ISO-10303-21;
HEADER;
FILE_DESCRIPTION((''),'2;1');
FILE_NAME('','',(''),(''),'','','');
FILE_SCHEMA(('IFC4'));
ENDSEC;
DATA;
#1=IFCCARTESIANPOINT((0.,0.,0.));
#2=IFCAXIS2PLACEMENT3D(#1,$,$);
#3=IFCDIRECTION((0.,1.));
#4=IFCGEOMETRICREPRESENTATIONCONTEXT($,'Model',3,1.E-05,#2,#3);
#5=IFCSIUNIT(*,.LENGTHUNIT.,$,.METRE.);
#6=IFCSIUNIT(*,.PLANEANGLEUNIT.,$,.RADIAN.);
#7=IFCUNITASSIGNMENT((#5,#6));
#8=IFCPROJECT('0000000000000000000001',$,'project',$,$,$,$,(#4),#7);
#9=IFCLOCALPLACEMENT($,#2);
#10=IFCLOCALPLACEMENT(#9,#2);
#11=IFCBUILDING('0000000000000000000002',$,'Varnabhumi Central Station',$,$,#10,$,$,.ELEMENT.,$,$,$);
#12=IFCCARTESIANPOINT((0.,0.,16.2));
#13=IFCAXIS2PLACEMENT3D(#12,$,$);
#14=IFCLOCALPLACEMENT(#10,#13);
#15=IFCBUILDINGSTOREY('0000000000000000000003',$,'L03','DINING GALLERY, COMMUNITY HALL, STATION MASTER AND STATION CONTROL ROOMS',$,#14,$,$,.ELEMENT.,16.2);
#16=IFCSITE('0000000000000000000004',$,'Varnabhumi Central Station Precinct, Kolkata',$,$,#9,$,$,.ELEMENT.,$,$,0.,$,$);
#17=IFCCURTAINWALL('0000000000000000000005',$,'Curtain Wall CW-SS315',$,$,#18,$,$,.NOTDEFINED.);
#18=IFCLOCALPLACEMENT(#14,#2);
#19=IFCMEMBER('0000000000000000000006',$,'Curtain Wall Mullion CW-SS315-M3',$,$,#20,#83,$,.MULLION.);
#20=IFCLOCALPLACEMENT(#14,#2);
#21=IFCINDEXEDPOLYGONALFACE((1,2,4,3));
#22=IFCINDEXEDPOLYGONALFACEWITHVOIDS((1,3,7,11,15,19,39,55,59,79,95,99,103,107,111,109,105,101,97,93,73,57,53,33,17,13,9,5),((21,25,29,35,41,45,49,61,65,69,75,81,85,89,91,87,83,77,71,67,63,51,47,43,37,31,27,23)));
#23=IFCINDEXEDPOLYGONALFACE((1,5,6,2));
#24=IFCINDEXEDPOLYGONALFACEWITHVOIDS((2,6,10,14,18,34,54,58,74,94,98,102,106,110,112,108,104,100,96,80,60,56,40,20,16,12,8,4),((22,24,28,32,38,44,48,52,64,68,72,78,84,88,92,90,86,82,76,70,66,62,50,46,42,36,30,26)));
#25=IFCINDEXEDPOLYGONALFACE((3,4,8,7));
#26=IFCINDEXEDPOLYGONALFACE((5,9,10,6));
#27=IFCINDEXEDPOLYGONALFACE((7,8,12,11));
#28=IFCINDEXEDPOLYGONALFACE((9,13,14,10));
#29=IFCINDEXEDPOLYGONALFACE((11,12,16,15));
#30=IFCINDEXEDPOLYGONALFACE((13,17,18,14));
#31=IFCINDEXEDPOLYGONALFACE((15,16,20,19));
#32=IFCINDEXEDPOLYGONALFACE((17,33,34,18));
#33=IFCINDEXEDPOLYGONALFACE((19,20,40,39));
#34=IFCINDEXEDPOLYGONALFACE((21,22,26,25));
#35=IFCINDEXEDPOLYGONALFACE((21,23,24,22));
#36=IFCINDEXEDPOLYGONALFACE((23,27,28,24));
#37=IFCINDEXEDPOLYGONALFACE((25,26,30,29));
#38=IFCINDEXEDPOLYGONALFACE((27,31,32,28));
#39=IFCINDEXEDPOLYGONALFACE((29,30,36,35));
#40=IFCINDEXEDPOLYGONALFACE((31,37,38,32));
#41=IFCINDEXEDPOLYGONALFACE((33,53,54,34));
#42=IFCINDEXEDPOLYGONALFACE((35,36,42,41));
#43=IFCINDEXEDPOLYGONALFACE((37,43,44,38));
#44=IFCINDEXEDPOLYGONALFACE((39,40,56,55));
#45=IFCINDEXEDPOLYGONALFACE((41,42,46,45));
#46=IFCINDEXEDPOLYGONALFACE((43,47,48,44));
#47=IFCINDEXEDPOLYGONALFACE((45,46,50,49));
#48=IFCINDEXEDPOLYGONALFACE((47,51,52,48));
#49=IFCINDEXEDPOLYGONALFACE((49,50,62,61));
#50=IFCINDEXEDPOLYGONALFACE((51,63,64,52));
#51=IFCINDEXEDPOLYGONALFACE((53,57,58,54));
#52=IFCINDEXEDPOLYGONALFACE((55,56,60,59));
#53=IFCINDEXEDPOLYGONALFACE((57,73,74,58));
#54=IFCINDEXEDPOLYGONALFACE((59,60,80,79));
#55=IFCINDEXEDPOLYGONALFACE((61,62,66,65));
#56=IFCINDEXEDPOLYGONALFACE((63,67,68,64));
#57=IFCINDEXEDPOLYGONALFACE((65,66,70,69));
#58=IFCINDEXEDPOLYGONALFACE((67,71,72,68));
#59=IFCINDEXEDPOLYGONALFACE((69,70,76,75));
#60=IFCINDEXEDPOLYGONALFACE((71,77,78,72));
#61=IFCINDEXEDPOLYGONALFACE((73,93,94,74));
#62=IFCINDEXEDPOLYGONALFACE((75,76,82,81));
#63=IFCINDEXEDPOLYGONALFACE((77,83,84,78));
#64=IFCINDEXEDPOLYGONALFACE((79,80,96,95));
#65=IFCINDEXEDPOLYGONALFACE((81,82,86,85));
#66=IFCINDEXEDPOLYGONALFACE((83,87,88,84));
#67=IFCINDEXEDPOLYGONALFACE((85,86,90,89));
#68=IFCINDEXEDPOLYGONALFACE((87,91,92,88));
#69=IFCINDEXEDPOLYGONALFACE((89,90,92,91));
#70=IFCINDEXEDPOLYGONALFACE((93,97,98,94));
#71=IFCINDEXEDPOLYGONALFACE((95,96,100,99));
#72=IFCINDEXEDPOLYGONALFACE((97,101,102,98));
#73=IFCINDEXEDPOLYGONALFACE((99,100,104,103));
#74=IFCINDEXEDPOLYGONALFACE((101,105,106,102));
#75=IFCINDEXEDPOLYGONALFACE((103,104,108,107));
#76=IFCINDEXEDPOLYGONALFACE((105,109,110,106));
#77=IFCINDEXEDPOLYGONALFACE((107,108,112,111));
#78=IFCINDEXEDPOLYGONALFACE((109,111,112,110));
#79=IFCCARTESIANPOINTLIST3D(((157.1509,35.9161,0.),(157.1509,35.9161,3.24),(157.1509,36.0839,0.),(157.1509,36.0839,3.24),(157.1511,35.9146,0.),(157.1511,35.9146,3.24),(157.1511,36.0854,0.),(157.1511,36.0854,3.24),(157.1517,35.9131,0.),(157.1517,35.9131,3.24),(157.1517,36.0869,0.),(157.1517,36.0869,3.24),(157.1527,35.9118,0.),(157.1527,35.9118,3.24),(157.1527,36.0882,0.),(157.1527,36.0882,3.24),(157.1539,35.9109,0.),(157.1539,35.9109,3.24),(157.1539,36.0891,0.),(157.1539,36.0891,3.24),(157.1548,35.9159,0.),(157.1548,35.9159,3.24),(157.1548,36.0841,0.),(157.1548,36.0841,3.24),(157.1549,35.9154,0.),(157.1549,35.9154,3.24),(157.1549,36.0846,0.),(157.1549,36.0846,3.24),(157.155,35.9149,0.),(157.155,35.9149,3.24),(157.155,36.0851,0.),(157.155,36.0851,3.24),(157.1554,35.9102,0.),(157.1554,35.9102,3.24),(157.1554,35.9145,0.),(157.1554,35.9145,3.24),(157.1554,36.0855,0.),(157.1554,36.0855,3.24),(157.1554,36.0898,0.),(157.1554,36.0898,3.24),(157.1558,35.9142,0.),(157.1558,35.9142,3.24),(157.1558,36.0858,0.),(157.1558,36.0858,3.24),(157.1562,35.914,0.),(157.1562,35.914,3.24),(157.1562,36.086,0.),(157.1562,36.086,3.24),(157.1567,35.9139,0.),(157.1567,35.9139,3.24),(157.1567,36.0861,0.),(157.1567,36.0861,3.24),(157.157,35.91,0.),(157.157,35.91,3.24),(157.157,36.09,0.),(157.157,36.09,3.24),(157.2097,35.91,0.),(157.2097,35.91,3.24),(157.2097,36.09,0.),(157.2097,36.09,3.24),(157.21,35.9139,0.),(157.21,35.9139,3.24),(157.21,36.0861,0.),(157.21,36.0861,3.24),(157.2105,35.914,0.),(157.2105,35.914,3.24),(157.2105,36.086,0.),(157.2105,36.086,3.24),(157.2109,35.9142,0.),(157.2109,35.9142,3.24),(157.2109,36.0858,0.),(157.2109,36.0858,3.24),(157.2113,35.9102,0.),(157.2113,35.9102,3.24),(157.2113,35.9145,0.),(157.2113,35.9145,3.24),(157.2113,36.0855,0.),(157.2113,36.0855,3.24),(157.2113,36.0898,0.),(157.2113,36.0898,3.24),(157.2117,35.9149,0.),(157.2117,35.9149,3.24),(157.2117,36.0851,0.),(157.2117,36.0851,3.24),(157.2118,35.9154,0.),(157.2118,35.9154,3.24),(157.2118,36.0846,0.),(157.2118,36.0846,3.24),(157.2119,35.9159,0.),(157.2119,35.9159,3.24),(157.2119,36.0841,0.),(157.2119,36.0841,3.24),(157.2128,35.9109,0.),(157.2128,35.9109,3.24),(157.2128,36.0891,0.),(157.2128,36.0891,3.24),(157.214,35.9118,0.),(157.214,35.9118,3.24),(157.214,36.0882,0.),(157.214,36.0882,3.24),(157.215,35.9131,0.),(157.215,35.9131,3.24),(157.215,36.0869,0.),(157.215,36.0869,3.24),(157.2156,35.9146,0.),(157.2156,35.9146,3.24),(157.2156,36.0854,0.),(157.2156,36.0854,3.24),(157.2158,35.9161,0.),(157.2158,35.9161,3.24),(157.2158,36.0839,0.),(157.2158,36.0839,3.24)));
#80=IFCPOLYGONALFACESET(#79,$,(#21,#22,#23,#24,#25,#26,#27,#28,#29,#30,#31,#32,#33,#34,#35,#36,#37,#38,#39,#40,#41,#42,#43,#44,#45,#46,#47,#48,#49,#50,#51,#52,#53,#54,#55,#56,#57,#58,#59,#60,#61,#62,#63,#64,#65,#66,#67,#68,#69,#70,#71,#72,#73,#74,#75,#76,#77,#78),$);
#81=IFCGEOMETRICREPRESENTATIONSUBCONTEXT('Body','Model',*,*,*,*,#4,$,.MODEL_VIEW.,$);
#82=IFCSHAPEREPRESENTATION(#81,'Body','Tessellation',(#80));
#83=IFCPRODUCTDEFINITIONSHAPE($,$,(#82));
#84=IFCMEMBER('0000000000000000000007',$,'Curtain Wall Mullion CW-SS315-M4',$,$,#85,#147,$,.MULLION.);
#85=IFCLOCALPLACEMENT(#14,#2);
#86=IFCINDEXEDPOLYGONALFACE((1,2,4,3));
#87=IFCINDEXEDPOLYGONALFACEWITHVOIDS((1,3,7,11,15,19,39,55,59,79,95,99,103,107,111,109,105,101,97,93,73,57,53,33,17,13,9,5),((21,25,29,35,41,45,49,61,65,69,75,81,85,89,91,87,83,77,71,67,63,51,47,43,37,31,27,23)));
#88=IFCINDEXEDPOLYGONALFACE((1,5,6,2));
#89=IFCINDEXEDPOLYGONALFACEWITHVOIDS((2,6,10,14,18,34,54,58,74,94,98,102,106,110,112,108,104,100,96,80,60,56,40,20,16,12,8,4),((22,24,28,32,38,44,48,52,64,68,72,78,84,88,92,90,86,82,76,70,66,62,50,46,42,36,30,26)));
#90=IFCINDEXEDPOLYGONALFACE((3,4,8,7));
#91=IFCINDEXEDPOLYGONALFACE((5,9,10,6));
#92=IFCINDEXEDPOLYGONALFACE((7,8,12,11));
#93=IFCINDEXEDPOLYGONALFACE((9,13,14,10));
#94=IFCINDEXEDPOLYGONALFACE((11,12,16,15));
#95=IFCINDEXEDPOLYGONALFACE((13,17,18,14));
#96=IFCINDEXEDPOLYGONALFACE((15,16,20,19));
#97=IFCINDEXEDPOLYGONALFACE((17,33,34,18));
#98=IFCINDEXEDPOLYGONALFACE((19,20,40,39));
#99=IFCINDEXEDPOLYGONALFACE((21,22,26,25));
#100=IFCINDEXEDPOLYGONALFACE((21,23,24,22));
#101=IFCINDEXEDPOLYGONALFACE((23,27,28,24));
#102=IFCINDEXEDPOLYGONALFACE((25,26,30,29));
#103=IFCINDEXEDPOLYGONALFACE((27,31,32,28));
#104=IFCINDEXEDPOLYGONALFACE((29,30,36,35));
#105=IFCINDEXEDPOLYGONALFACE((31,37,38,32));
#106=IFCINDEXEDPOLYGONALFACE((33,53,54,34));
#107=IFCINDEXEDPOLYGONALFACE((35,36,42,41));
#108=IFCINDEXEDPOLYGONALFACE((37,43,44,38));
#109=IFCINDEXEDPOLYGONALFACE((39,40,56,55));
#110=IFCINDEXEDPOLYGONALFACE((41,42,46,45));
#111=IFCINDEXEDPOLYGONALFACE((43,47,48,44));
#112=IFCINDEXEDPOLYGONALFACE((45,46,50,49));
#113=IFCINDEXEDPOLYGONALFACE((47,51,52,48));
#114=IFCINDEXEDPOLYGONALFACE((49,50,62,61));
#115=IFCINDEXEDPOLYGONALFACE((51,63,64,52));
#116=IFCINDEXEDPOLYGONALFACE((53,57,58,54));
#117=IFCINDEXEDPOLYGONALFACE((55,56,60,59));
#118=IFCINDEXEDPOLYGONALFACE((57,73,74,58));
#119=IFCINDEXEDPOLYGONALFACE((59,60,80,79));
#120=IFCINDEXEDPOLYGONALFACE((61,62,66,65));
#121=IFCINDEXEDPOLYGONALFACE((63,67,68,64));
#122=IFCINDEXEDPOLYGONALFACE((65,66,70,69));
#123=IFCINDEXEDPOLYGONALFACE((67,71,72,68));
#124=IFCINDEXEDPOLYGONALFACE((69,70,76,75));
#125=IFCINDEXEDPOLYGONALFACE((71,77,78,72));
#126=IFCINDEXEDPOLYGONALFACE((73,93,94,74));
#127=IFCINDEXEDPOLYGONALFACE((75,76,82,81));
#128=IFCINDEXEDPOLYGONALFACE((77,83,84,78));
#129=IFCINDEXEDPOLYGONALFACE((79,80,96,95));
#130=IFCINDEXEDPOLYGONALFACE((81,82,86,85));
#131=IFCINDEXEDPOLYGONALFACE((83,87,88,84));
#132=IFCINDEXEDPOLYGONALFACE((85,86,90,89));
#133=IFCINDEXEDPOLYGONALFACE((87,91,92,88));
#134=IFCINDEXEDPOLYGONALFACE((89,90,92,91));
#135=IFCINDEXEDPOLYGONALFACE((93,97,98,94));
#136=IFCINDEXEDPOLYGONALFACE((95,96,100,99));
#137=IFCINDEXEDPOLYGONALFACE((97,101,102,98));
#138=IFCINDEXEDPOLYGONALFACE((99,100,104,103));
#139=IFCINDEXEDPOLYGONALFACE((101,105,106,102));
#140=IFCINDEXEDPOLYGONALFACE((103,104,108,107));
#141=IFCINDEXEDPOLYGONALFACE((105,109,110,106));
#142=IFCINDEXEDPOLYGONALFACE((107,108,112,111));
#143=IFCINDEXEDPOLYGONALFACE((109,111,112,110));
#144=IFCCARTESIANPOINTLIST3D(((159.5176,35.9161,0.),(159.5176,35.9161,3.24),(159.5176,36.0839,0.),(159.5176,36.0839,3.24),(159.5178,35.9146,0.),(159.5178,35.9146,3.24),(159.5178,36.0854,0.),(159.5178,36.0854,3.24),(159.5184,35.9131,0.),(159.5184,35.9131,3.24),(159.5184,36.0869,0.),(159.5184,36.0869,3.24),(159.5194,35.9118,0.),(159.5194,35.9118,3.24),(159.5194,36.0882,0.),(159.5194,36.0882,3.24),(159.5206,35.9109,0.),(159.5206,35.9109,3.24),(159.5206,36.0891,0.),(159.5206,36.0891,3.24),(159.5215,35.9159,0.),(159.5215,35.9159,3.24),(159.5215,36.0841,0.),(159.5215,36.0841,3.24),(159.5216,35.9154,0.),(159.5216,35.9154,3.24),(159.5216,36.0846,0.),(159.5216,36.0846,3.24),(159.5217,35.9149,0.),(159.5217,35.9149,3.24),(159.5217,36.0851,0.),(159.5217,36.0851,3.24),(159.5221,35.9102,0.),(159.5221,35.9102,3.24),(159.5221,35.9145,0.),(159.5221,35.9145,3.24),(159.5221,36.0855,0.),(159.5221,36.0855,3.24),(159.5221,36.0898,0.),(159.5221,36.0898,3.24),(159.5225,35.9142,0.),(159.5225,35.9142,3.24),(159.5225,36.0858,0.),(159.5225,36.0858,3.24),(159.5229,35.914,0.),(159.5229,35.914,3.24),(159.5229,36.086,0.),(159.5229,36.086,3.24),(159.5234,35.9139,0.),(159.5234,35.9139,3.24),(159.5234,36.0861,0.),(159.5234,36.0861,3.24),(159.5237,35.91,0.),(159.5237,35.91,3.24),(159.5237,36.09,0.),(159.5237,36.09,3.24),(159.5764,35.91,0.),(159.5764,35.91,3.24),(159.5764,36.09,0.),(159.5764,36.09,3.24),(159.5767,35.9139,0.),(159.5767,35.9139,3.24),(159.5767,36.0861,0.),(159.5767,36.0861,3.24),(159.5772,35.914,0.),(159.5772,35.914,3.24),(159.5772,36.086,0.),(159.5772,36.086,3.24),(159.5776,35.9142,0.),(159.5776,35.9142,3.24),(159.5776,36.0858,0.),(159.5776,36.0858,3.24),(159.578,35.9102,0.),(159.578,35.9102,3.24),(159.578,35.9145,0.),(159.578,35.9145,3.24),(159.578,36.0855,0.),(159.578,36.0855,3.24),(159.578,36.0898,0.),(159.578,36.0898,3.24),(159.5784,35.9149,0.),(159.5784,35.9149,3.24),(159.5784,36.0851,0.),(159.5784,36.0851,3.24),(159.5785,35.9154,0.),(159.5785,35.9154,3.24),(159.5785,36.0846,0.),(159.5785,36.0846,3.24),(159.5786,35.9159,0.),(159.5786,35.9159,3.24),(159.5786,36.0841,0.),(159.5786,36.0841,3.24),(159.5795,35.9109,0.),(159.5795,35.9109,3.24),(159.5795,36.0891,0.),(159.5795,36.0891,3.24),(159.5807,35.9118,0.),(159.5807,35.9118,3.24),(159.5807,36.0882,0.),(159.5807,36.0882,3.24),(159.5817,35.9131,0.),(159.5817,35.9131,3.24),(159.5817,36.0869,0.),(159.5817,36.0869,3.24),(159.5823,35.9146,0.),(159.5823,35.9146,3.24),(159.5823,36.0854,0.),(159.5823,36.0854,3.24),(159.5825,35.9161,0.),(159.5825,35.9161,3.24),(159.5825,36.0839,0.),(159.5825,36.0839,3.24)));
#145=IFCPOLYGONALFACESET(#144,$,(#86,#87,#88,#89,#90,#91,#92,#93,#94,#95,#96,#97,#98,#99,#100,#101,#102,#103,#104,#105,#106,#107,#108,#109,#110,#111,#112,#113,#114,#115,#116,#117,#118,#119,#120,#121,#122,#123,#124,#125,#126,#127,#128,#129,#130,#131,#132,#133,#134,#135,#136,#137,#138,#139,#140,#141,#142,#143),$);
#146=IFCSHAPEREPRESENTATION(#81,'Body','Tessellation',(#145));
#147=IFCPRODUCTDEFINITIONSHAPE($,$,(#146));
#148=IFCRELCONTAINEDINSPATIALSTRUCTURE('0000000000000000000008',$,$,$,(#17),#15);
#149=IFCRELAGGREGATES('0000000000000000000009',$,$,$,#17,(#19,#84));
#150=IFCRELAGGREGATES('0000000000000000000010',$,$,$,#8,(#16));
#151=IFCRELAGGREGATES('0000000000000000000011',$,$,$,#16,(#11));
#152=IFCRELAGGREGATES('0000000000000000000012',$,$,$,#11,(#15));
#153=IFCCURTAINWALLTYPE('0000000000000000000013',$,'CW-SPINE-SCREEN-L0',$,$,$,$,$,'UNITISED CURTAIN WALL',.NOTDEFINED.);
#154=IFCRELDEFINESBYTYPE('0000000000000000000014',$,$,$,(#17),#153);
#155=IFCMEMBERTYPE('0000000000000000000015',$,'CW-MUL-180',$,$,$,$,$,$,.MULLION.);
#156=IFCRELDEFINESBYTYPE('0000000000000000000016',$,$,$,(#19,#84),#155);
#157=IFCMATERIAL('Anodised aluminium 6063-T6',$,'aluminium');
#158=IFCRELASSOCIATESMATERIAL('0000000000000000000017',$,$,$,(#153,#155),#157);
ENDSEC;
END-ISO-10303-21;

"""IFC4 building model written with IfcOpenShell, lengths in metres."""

from ifc_helpers import new_model, si_unit, direction, frame, origin, origin_2d, place, context, subcontext, project, spatial, hollow_rectangle, extrude, material, material_profile, profile_set, type_object, element, aggregate, save


model = new_model("IFC4")

# Units and contexts
model_context = context("Model", 3, precision=1e-05, world=origin(), true_north=direction((0.0, 1.0)))
body_context = subcontext(model_context, "Body", "Model", "MODEL_VIEW")
ifc_project = project(units=[si_unit("LENGTHUNIT", "METRE"), si_unit("PLANEANGLEUNIT", "RADIAN")], contexts=[model_context])

# Site, building, storey
site_placement = place(None, origin())
site = spatial("IfcSite", under=ifc_project, at=site_placement, Name="Varnabhumi Central Station Precinct, Kolkata", CompositionType="ELEMENT", RefElevation=0.0)
building_placement = place(site_placement, origin())
building = spatial("IfcBuilding", under=site, at=building_placement, Name="Varnabhumi Central Station", CompositionType="ELEMENT")
storey_placement = place(building_placement, frame((0.0, 0.0, 16.2)))
storey = spatial("IfcBuildingStorey", under=building, at=storey_placement, Name="L03", Description="DINING GALLERY, COMMUNITY HALL, STATION MASTER AND STATION CONTROL ROOMS", CompositionType="ELEMENT", Elevation=16.2)

# Curtain wall, members
ifc_material_1 = material(Name="Anodised aluminium 6063-T6", Category="aluminium")
curtain_wall_type = type_object("IfcCurtainWallType", Name="CW-SPINE-SCREEN-L0", ElementType="UNITISED CURTAIN WALL", PredefinedType="NOTDEFINED", material=ifc_material_1)
curtain_wall_placement = place(storey_placement, origin())
curtain_wall = element("IfcCurtainWall", 1, at=curtain_wall_placement, inside=storey, type_object=curtain_wall_type, Name="Curtain Wall CW-SS315", PredefinedType="NOTDEFINED")
ifc_material_profile_1 = material_profile(ifc_material_1, hollow_rectangle(XDim=0.0649, YDim=0.1799, WallThickness=0.0039, InnerFilletRadius=0.002, OuterFilletRadius=0.0061, at=origin_2d()), Name="Anodised aluminium 6063-T6", Category="aluminium")
ifc_profile_set_1 = profile_set([ifc_material_profile_1], Name="Anodised aluminium 6063-T6")
member_type_1 = type_object("IfcMemberType", Name="CW-MUL-180", PredefinedType="MULLION", material=ifc_profile_set_1)
member_1_placement = place(storey_placement, frame((157.1833, 36.0, 0.0), z_axis=(0.0, 0.0, 1.0), x_axis=(1.0, 0.0, 0.0)))
member_1 = element("IfcMember", 2, at=member_1_placement, type_object=member_type_1, Name="Curtain Wall Mullion CW-SS315-M3", PredefinedType="MULLION", context=body_context, shape_type="SweptSolid", body=[
    extrude(hollow_rectangle(XDim=0.0649, YDim=0.1799, WallThickness=0.0039, InnerFilletRadius=0.002, OuterFilletRadius=0.0061, at=origin_2d()), origin(), (0.0, 0.0, 1.0), 3.24),
])
member_2_placement = place(storey_placement, frame((159.55, 36.0, 0.0), z_axis=(0.0, 0.0, 1.0), x_axis=(1.0, 0.0, 0.0)))
member_2 = element("IfcMember", 3, at=member_2_placement, type_object=member_type_1, Name="Curtain Wall Mullion CW-SS315-M4", PredefinedType="MULLION", context=body_context, shape_type="SweptSolid", body=[
    extrude(hollow_rectangle(XDim=0.0649, YDim=0.1799, WallThickness=0.0039, InnerFilletRadius=0.002, OuterFilletRadius=0.0061, at=origin_2d()), origin(), (0.0, 0.0, 1.0), 3.24),
])

aggregate(curtain_wall, [member_1, member_2])

save(model, "model.ifc")
